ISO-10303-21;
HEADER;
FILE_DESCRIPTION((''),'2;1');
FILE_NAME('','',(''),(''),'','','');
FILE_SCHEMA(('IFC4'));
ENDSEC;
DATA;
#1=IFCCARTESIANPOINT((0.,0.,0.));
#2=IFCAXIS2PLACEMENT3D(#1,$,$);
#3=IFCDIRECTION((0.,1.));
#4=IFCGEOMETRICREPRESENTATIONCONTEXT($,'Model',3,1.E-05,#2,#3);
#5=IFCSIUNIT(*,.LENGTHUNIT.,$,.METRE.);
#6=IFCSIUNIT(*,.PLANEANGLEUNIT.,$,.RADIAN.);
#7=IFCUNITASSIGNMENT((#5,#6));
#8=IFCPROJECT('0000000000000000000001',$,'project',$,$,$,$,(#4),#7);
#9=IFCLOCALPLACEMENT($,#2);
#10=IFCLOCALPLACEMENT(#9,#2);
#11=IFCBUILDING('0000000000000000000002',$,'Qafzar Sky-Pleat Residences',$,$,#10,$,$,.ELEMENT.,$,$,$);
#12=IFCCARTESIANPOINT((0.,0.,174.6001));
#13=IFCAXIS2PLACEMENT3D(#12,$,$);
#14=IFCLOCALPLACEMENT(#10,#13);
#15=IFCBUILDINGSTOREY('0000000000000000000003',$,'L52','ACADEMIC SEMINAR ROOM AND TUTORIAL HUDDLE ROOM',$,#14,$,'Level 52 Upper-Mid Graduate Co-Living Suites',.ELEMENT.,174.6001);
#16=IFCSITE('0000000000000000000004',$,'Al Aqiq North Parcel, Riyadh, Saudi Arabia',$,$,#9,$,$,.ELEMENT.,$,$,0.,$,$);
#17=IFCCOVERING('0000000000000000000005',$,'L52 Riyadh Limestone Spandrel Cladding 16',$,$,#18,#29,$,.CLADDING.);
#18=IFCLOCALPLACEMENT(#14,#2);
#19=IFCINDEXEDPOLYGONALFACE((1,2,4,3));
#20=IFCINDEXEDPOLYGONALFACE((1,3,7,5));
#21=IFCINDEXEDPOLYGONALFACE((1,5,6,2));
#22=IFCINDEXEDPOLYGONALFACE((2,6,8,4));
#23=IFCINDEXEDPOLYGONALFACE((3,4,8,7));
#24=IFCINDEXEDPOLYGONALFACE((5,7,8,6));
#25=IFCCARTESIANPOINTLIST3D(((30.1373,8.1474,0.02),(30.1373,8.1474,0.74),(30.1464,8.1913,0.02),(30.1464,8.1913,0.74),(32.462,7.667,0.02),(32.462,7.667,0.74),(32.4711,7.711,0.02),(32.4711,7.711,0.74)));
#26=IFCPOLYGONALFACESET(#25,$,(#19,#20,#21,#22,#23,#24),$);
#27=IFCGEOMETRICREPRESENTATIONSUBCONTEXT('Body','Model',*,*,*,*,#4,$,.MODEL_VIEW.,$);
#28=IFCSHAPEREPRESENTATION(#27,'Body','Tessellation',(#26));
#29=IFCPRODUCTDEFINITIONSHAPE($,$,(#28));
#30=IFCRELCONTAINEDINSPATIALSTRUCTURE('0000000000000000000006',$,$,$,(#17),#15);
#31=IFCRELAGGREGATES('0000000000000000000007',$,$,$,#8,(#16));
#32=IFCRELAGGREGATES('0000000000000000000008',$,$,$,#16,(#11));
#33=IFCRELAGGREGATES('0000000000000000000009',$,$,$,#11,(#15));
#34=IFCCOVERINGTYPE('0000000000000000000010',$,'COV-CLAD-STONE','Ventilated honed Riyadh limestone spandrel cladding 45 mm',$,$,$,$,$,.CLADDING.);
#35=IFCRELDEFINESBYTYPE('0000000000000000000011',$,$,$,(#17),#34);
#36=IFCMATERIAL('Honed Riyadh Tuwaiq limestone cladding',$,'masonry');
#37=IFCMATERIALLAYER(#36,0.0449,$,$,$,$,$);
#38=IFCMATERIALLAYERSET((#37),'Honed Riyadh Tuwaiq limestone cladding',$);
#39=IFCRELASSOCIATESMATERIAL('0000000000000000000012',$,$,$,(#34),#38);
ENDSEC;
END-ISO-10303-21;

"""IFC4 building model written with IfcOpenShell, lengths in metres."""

from ifc_helpers import new_model, si_unit, direction, frame, origin, origin_2d, place, context, subcontext, project, spatial, rectangle, extrude, source, transform, mapped, material, layer, layer_set, type_object, element, save


model = new_model("IFC4")

# Units and contexts
model_context = context("Model", 3, precision=1e-05, world=origin(), true_north=direction((0.0, 1.0)))
body_context = subcontext(model_context, "Body", "Model", "MODEL_VIEW")
ifc_project = project(units=[si_unit("LENGTHUNIT", "METRE"), si_unit("PLANEANGLEUNIT", "RADIAN")], contexts=[model_context])

# Site, building, storey
site_placement = place(None, origin())
site = spatial("IfcSite", under=ifc_project, at=site_placement, Name="Al Aqiq North Parcel, Riyadh, Saudi Arabia", CompositionType="ELEMENT", RefElevation=0.0)
building_placement = place(site_placement, origin())
building = spatial("IfcBuilding", under=site, at=building_placement, Name="Qafzar Sky-Pleat Residences", CompositionType="ELEMENT")
storey_placement = place(building_placement, frame((0.0, 0.0, 174.6001)))
storey = spatial("IfcBuildingStorey", under=building, at=storey_placement, Name="L52", Description="ACADEMIC SEMINAR ROOM AND TUTORIAL HUDDLE ROOM", LongName="Level 52 Upper-Mid Graduate Co-Living Suites", CompositionType="ELEMENT", Elevation=174.6001)

# Covering
ifc_material_1 = material(Name="Honed Riyadh Tuwaiq limestone cladding", Category="masonry")
ifc_layer_1 = layer(ifc_material_1, 0.0449)
ifc_layer_set_1 = layer_set([ifc_layer_1], Name="Honed Riyadh Tuwaiq limestone cladding")
covering_type = type_object("IfcCoveringType", Name="COV-CLAD-STONE", Description="Ventilated honed Riyadh limestone spandrel cladding 45 mm", PredefinedType="CLADDING", material=ifc_layer_set_1)
shared_shape_1 = source(origin(), body_context, "Body", "SweptSolid", [
    extrude(rectangle(XDim=2.3738, YDim=0.0449, at=origin_2d()), origin(), (0.0, 0.0, 1.0), 0.72),
])
covering_placement = place(storey_placement, frame((31.3042, 7.9292, 0.02), z_axis=(0.0, 0.0, 1.0), x_axis=(0.979316, -0.202339, 0.0)))
element("IfcCovering", 1, at=covering_placement, inside=storey, type_object=covering_type, Name="L52 Riyadh Limestone Spandrel Cladding 16", PredefinedType="CLADDING", context=body_context, shape_type="MappedRepresentation", body=[
    mapped(shared_shape_1, transform((0.0, 0.0, 0.0), x_axis=(1.0, 0.0, 0.0), y_axis=(0.0, 1.0, 0.0), z_axis=(0.0, 0.0, 1.0), scale=1.0)),
])

save(model, "model.ifc")
